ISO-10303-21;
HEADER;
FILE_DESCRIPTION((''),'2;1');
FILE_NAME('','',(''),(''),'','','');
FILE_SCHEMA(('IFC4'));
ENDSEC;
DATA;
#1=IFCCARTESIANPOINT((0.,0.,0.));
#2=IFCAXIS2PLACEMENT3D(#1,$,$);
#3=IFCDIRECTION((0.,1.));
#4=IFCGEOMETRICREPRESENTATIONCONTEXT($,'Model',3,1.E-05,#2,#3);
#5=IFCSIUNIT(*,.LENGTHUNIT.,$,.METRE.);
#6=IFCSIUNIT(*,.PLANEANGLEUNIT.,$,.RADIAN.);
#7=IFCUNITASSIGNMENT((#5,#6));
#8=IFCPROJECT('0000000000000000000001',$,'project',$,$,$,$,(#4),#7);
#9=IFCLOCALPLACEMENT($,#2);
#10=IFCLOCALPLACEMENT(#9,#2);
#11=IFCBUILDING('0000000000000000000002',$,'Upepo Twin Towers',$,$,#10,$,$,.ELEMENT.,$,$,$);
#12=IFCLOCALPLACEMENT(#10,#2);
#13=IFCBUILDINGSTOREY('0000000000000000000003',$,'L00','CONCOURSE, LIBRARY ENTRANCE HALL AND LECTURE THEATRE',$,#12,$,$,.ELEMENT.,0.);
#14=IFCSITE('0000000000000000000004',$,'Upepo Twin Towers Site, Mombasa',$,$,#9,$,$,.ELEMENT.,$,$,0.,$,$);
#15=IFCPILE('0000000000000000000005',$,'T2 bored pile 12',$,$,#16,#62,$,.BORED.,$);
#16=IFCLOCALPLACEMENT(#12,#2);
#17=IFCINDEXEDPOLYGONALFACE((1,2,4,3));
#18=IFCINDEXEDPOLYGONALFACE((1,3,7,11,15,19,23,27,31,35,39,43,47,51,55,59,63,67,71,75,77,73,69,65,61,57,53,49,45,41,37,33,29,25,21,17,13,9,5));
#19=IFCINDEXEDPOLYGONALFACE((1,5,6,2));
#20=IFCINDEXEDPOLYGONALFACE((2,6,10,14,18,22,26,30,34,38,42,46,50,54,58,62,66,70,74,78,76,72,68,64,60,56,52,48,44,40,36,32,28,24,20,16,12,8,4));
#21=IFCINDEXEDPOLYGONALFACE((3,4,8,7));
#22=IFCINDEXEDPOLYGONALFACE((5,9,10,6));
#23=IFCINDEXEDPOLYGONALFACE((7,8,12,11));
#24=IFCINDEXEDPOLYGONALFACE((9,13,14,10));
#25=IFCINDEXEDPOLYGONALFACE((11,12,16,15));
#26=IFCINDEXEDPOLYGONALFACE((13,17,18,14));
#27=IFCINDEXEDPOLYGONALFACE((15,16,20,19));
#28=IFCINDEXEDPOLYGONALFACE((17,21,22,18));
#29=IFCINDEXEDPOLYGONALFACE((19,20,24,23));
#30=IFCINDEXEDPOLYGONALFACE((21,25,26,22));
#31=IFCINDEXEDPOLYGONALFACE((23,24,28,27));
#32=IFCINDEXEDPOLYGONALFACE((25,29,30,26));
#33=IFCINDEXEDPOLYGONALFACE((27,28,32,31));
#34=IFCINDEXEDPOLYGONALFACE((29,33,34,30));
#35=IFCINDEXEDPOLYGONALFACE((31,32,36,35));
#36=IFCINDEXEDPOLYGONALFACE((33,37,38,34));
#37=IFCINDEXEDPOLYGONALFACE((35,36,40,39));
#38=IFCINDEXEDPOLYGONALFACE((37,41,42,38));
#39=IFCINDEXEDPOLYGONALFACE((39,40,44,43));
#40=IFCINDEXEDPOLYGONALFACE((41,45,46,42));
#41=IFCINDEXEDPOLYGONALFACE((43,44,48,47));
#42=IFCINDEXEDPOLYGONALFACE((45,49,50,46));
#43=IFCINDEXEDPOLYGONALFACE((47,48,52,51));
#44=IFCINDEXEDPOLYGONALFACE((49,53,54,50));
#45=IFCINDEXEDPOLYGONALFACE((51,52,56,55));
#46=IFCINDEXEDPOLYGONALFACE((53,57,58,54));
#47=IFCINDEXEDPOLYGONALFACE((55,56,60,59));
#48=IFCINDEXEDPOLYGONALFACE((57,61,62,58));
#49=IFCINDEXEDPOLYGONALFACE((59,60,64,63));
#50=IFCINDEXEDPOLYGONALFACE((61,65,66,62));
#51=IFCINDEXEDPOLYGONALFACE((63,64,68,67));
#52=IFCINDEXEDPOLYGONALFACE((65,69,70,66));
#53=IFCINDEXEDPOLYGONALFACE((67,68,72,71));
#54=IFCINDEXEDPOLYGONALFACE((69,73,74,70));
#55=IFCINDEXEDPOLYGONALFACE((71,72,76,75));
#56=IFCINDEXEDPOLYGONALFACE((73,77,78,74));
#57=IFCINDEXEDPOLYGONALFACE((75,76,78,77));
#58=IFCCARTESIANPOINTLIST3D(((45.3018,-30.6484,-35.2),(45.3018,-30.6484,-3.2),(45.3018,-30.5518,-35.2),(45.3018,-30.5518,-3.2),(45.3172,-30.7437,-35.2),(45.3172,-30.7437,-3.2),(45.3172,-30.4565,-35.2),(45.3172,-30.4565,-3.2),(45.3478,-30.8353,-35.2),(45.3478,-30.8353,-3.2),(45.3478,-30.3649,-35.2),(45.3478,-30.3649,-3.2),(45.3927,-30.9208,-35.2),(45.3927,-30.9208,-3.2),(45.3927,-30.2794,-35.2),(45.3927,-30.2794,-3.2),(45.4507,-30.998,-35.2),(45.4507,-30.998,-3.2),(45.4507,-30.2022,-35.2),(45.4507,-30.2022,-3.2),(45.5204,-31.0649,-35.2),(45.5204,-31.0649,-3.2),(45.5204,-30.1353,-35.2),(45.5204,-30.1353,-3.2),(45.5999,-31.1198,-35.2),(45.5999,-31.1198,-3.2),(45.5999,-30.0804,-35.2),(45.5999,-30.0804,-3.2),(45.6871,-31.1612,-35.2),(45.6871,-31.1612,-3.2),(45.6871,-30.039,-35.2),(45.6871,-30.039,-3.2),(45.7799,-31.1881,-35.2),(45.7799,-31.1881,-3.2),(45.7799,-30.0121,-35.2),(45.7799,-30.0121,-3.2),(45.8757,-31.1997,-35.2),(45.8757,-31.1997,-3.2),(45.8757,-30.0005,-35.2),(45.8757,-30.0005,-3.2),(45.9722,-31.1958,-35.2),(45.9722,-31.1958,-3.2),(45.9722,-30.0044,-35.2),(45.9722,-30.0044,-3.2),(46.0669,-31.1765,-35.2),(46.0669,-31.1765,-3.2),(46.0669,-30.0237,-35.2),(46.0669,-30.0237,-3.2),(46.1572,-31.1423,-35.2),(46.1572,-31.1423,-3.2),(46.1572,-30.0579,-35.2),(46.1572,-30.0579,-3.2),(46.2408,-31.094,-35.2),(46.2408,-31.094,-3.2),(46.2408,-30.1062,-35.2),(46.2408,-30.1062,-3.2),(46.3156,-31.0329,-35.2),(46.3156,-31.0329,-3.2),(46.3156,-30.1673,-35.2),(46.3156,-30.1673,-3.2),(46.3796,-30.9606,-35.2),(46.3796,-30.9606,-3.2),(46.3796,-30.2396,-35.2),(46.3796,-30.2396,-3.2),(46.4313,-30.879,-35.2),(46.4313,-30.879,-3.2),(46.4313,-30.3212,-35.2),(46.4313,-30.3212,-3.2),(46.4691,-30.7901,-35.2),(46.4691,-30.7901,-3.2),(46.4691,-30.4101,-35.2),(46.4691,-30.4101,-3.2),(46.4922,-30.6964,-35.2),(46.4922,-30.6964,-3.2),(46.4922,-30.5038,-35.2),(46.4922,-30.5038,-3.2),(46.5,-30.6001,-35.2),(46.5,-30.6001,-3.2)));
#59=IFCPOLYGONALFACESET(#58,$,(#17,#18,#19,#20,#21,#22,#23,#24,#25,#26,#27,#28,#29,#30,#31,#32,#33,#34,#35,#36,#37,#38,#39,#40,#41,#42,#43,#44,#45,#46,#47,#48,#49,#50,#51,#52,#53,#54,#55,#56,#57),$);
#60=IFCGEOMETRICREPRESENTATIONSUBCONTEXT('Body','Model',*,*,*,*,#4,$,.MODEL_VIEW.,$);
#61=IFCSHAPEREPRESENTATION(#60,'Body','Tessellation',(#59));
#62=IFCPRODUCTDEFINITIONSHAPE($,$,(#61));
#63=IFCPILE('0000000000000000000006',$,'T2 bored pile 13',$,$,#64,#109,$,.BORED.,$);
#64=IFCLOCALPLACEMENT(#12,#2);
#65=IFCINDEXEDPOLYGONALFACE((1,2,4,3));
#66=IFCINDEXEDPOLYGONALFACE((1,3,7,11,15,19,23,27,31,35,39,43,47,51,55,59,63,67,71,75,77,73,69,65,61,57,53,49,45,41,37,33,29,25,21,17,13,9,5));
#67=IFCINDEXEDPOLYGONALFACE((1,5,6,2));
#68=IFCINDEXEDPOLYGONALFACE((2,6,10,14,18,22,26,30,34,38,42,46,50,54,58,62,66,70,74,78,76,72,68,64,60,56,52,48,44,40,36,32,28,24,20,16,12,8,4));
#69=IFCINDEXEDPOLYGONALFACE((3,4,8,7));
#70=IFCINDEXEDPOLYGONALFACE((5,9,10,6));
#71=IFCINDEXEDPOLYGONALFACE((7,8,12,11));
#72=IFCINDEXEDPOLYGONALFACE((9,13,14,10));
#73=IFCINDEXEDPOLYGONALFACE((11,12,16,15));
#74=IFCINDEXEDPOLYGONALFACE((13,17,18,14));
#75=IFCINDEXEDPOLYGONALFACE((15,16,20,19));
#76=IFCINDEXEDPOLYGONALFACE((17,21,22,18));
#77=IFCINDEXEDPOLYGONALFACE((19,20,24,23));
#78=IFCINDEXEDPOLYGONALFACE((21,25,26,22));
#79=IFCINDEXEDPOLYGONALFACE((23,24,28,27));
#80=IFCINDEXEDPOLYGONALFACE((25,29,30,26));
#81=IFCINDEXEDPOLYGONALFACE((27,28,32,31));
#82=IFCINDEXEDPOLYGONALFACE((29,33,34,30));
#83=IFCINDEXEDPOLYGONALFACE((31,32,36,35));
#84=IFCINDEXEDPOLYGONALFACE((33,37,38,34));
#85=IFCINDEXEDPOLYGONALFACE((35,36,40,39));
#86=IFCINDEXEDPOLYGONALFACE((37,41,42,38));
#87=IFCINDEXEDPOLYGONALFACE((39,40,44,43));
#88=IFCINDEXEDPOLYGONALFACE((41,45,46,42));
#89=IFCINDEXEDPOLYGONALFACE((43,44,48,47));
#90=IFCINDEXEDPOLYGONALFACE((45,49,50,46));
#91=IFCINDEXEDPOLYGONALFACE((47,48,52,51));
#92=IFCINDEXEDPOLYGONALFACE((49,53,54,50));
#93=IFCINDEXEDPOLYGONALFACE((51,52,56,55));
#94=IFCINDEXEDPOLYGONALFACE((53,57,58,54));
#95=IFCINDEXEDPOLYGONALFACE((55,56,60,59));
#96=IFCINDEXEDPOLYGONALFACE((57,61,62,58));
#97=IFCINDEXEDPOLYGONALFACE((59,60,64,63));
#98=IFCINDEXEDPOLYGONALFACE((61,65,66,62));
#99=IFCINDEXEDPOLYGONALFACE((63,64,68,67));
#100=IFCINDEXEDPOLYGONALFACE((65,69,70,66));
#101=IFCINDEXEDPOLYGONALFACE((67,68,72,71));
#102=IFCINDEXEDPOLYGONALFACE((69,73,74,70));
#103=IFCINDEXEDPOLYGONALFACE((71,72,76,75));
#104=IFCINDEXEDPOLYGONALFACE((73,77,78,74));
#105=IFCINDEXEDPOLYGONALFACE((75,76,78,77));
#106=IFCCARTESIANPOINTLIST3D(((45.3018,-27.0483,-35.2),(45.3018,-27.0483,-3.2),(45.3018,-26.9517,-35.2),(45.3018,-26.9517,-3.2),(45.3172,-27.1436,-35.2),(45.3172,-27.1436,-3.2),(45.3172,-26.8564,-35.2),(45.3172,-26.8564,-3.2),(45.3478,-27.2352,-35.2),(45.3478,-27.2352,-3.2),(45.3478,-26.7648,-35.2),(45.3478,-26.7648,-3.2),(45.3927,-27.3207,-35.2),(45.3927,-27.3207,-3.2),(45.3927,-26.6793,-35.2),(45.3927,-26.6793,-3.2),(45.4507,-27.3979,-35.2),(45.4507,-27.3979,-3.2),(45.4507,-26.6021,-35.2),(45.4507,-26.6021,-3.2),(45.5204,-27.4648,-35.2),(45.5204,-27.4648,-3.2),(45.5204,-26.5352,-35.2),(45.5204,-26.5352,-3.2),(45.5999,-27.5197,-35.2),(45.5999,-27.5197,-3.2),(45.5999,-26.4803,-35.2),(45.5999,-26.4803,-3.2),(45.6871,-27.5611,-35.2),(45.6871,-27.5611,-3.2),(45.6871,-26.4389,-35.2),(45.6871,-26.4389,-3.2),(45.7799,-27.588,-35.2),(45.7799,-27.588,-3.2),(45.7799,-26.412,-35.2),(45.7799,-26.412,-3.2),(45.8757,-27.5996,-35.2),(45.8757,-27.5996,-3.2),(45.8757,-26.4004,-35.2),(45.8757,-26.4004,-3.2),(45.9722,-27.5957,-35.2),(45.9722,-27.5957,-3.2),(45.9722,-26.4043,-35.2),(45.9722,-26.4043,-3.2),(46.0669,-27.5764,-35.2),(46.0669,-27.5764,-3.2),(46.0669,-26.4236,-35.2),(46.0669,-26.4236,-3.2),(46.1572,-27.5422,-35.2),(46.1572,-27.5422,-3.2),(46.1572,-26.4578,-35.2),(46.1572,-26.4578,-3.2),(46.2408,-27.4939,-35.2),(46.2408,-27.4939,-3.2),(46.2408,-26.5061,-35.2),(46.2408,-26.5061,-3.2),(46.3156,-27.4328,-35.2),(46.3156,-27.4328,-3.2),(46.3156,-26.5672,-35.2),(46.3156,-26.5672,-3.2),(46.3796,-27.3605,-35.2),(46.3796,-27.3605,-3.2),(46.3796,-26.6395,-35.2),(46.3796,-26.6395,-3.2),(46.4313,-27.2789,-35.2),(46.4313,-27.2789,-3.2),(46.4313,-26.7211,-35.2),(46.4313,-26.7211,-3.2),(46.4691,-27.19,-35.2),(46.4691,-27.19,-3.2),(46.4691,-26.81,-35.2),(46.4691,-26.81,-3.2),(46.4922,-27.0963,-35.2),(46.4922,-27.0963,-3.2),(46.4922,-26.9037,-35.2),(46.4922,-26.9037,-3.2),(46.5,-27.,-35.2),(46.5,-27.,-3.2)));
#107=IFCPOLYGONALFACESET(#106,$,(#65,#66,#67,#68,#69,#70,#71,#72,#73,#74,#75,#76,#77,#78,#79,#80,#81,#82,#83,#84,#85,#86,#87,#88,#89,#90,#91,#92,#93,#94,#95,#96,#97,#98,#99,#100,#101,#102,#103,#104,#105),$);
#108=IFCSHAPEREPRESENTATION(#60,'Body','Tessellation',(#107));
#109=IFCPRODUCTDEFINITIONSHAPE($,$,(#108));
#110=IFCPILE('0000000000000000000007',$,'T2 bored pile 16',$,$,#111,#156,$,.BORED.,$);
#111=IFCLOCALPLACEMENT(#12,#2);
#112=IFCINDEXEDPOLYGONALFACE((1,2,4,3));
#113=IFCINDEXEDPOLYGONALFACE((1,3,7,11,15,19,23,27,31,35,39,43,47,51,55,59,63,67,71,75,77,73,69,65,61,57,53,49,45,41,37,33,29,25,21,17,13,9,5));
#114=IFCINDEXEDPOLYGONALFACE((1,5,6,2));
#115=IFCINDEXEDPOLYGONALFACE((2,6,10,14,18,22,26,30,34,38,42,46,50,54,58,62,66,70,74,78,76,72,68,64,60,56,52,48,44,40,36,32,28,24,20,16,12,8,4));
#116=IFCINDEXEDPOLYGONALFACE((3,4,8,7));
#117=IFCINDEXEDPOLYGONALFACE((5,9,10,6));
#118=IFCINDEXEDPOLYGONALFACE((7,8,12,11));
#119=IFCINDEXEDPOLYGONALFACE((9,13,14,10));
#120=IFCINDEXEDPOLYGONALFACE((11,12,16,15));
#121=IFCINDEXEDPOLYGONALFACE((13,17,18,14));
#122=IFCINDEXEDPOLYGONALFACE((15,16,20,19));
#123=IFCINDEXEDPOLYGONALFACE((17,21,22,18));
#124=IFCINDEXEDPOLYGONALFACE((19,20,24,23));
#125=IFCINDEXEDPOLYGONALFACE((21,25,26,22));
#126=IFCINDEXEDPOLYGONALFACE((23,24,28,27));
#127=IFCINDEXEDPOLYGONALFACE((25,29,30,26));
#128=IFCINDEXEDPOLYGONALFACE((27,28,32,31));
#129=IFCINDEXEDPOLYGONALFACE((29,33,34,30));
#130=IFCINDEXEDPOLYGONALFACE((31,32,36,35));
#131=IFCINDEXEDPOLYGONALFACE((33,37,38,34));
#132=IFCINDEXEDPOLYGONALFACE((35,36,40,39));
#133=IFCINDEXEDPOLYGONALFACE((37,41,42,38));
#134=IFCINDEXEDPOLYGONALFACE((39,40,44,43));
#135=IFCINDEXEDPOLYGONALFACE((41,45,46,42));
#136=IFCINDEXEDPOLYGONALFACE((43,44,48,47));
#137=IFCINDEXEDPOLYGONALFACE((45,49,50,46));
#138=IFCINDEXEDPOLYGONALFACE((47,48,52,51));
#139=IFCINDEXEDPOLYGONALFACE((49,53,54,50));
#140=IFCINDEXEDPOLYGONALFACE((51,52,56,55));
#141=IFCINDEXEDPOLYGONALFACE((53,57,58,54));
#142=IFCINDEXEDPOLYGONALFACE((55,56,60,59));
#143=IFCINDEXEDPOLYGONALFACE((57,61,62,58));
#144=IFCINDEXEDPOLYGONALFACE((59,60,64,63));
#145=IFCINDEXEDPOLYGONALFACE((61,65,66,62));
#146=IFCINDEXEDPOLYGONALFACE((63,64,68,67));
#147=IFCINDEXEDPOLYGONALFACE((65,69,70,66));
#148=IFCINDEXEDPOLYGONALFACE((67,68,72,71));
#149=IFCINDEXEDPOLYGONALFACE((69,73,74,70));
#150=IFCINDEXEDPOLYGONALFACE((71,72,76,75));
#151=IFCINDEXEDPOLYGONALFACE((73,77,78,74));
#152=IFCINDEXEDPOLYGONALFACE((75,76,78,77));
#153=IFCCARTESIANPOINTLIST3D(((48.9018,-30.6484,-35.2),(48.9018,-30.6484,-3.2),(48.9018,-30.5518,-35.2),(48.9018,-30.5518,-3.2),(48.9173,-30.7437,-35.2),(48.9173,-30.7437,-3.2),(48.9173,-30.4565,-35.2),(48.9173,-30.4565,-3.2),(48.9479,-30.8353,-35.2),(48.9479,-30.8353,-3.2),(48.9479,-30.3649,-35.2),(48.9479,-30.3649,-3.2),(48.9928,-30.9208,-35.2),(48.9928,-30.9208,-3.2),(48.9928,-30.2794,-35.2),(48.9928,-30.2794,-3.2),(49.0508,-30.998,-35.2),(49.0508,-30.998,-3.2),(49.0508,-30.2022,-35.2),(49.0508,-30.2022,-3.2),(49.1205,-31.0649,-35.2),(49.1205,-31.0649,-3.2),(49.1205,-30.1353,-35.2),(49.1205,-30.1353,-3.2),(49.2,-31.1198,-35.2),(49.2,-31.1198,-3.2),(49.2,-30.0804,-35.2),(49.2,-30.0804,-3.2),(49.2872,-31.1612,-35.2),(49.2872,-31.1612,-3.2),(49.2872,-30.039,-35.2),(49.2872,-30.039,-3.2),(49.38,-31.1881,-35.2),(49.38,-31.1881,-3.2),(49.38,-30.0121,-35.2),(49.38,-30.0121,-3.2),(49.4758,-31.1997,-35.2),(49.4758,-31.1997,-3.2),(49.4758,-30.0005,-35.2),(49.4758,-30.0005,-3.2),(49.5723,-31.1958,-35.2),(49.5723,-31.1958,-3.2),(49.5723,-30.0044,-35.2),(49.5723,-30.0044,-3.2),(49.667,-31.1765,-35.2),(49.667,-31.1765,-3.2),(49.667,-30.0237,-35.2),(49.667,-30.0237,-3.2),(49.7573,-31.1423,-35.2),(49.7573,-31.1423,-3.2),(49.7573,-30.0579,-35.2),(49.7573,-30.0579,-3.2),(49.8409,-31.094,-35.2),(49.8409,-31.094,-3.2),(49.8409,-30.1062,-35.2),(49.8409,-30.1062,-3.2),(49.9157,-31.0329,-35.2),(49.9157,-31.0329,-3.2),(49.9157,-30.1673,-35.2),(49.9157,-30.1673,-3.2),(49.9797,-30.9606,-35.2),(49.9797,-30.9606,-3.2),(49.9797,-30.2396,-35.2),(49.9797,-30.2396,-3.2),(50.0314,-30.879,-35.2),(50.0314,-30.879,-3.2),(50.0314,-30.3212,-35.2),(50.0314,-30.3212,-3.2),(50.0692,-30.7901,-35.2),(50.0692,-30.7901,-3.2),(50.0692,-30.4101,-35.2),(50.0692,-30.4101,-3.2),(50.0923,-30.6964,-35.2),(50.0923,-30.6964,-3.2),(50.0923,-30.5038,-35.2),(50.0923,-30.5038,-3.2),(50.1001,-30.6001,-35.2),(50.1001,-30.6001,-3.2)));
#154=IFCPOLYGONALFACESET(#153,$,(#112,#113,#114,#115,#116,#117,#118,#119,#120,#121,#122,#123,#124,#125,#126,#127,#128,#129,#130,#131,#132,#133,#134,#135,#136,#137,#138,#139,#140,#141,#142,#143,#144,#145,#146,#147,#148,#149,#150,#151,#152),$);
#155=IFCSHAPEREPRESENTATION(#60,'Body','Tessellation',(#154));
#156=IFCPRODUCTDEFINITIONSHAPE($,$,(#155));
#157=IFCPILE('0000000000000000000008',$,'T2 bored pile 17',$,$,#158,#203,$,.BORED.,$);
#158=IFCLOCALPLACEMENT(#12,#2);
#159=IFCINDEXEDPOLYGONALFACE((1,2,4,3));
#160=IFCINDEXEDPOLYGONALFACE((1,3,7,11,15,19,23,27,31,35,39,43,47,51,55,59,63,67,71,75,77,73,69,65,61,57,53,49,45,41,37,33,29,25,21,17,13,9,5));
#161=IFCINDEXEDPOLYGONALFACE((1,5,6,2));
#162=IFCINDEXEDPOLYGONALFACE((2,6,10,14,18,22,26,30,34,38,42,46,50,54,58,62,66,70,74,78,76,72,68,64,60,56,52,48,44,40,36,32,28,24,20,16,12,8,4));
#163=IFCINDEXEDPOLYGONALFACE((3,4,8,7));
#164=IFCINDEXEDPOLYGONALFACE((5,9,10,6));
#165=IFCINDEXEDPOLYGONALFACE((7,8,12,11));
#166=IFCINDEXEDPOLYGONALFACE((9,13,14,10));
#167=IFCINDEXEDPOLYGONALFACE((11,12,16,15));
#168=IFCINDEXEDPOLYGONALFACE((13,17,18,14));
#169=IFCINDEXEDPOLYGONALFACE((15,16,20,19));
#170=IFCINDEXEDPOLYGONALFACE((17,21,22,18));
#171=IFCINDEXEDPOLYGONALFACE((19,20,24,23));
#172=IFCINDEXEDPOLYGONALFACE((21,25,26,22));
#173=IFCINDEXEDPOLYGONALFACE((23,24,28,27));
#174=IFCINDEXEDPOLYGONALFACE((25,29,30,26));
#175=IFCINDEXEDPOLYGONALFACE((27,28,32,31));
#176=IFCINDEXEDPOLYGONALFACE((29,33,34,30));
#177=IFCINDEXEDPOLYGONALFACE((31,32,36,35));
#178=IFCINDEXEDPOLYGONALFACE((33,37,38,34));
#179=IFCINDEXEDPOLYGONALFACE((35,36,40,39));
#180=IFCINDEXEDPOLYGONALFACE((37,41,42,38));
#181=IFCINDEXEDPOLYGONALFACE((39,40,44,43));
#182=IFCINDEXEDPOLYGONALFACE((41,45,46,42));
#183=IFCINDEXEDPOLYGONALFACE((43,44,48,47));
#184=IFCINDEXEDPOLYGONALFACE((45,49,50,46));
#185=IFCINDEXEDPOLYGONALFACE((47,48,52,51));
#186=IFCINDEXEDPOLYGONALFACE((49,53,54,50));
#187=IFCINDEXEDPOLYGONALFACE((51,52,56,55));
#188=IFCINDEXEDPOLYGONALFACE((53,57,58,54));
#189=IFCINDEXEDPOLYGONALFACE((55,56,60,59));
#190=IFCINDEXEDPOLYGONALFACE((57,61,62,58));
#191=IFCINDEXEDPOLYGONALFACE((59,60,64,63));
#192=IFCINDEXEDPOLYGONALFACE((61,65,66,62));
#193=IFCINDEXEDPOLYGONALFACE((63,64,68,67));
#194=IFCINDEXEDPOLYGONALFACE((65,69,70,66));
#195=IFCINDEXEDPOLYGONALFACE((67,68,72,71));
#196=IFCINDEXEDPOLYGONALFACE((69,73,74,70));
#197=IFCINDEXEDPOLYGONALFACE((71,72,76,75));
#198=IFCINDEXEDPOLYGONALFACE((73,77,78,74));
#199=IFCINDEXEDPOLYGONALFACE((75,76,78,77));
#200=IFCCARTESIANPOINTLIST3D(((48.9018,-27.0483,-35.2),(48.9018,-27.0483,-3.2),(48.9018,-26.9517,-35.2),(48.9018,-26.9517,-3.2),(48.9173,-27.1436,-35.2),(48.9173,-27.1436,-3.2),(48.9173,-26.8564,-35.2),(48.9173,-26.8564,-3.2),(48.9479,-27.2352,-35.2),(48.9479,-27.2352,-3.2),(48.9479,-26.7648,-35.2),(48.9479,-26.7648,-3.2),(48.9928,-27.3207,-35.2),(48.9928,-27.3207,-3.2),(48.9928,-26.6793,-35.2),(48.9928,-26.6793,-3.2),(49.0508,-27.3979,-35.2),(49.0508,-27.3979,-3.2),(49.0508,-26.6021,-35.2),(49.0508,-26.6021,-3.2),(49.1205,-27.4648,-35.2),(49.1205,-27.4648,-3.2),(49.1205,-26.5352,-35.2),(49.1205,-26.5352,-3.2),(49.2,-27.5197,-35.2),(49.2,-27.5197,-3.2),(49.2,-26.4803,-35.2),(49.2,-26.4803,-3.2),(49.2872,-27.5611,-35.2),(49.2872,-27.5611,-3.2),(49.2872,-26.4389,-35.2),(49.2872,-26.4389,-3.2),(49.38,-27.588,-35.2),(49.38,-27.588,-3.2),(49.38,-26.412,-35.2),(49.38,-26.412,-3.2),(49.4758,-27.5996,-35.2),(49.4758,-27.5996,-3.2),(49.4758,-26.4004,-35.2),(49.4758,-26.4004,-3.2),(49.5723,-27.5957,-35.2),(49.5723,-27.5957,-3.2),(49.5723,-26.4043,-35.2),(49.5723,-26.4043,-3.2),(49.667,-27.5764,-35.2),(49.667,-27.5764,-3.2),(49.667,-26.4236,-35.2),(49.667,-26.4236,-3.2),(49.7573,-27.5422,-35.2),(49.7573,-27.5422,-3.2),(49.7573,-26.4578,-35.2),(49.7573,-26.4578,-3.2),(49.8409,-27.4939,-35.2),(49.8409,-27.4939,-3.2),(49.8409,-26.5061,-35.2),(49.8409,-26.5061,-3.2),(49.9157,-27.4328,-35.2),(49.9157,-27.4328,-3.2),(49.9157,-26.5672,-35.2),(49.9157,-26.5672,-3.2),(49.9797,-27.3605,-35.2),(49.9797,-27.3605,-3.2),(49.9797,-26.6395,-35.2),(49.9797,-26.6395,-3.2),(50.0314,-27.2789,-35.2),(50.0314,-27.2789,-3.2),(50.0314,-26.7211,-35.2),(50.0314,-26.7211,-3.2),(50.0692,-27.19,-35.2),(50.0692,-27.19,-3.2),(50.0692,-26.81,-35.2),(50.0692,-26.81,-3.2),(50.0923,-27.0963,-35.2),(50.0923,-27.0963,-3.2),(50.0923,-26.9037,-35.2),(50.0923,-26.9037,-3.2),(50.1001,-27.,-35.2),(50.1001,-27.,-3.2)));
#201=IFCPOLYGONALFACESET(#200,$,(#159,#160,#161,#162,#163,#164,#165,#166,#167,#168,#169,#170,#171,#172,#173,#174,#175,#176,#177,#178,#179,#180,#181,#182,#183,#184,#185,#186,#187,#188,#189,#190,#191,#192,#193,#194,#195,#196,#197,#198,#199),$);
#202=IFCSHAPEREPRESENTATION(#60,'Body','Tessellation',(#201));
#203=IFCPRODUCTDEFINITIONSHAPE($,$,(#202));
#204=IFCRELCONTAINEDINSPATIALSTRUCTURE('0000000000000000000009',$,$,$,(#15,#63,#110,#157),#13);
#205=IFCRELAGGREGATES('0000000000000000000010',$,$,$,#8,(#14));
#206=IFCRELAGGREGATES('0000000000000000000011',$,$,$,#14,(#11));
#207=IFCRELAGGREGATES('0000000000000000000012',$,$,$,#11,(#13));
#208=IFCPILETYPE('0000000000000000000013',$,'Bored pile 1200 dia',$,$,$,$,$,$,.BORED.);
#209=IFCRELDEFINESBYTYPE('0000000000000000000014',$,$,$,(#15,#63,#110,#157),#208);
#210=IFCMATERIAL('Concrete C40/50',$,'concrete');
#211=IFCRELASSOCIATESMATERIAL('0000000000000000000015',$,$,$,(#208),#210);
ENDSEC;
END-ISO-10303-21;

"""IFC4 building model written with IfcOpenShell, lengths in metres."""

from ifc_helpers import new_model, si_unit, direction, frame, origin, origin_2d, place, context, subcontext, project, spatial, circle, extrude, material, type_object, element, save


model = new_model("IFC4")

# Units and contexts
model_context = context("Model", 3, precision=1e-05, world=origin(), true_north=direction((0.0, 1.0)))
body_context = subcontext(model_context, "Body", "Model", "MODEL_VIEW")
ifc_project = project(units=[si_unit("LENGTHUNIT", "METRE"), si_unit("PLANEANGLEUNIT", "RADIAN")], contexts=[model_context])

# Site, building, storey
site_placement = place(None, origin())
site = spatial("IfcSite", under=ifc_project, at=site_placement, Name="Upepo Twin Towers Site, Mombasa", CompositionType="ELEMENT", RefElevation=0.0)
building_placement = place(site_placement, origin())
building = spatial("IfcBuilding", under=site, at=building_placement, Name="Upepo Twin Towers", CompositionType="ELEMENT")
storey_placement = place(building_placement, origin())
storey = spatial("IfcBuildingStorey", under=building, at=storey_placement, Name="L00", Description="CONCOURSE, LIBRARY ENTRANCE HALL AND LECTURE THEATRE", CompositionType="ELEMENT", Elevation=0.0)

# Piles
ifc_material_1 = material(Name="Concrete C40/50", Category="concrete")
pile_type = type_object("IfcPileType", Name="Bored pile 1200 dia", PredefinedType="BORED", material=ifc_material_1)
for number, where, z_axis, x_axis, name in (
    (1, (45.8999, -30.6001, -3.2), (0.0, 0.0, -1.0), (1.0, 0.0, 0.0), "T2 bored pile 12"),
    (2, (45.8999, -27.0, -3.2), (0.0, 0.0, -1.0), (1.0, 0.0, 0.0), "T2 bored pile 13"),
    (3, (49.5, -30.6001, -3.2), (0.0, 0.0, -1.0), (1.0, 0.0, 0.0), "T2 bored pile 16"),
    (4, (49.5, -27.0, -3.2), (0.0, 0.0, -1.0), (1.0, 0.0, 0.0), "T2 bored pile 17"),
):
    element("IfcPile", number, at=place(storey_placement, frame(where, z_axis=z_axis, x_axis=x_axis)), inside=storey, type_object=pile_type, Name=name, PredefinedType="BORED", context=body_context, shape_type="SweptSolid", body=[
        extrude(circle(Radius=0.6001, at=origin_2d()), origin(), (0.0, 0.0, 1.0), 32.0),
    ])

save(model, "model.ifc")
